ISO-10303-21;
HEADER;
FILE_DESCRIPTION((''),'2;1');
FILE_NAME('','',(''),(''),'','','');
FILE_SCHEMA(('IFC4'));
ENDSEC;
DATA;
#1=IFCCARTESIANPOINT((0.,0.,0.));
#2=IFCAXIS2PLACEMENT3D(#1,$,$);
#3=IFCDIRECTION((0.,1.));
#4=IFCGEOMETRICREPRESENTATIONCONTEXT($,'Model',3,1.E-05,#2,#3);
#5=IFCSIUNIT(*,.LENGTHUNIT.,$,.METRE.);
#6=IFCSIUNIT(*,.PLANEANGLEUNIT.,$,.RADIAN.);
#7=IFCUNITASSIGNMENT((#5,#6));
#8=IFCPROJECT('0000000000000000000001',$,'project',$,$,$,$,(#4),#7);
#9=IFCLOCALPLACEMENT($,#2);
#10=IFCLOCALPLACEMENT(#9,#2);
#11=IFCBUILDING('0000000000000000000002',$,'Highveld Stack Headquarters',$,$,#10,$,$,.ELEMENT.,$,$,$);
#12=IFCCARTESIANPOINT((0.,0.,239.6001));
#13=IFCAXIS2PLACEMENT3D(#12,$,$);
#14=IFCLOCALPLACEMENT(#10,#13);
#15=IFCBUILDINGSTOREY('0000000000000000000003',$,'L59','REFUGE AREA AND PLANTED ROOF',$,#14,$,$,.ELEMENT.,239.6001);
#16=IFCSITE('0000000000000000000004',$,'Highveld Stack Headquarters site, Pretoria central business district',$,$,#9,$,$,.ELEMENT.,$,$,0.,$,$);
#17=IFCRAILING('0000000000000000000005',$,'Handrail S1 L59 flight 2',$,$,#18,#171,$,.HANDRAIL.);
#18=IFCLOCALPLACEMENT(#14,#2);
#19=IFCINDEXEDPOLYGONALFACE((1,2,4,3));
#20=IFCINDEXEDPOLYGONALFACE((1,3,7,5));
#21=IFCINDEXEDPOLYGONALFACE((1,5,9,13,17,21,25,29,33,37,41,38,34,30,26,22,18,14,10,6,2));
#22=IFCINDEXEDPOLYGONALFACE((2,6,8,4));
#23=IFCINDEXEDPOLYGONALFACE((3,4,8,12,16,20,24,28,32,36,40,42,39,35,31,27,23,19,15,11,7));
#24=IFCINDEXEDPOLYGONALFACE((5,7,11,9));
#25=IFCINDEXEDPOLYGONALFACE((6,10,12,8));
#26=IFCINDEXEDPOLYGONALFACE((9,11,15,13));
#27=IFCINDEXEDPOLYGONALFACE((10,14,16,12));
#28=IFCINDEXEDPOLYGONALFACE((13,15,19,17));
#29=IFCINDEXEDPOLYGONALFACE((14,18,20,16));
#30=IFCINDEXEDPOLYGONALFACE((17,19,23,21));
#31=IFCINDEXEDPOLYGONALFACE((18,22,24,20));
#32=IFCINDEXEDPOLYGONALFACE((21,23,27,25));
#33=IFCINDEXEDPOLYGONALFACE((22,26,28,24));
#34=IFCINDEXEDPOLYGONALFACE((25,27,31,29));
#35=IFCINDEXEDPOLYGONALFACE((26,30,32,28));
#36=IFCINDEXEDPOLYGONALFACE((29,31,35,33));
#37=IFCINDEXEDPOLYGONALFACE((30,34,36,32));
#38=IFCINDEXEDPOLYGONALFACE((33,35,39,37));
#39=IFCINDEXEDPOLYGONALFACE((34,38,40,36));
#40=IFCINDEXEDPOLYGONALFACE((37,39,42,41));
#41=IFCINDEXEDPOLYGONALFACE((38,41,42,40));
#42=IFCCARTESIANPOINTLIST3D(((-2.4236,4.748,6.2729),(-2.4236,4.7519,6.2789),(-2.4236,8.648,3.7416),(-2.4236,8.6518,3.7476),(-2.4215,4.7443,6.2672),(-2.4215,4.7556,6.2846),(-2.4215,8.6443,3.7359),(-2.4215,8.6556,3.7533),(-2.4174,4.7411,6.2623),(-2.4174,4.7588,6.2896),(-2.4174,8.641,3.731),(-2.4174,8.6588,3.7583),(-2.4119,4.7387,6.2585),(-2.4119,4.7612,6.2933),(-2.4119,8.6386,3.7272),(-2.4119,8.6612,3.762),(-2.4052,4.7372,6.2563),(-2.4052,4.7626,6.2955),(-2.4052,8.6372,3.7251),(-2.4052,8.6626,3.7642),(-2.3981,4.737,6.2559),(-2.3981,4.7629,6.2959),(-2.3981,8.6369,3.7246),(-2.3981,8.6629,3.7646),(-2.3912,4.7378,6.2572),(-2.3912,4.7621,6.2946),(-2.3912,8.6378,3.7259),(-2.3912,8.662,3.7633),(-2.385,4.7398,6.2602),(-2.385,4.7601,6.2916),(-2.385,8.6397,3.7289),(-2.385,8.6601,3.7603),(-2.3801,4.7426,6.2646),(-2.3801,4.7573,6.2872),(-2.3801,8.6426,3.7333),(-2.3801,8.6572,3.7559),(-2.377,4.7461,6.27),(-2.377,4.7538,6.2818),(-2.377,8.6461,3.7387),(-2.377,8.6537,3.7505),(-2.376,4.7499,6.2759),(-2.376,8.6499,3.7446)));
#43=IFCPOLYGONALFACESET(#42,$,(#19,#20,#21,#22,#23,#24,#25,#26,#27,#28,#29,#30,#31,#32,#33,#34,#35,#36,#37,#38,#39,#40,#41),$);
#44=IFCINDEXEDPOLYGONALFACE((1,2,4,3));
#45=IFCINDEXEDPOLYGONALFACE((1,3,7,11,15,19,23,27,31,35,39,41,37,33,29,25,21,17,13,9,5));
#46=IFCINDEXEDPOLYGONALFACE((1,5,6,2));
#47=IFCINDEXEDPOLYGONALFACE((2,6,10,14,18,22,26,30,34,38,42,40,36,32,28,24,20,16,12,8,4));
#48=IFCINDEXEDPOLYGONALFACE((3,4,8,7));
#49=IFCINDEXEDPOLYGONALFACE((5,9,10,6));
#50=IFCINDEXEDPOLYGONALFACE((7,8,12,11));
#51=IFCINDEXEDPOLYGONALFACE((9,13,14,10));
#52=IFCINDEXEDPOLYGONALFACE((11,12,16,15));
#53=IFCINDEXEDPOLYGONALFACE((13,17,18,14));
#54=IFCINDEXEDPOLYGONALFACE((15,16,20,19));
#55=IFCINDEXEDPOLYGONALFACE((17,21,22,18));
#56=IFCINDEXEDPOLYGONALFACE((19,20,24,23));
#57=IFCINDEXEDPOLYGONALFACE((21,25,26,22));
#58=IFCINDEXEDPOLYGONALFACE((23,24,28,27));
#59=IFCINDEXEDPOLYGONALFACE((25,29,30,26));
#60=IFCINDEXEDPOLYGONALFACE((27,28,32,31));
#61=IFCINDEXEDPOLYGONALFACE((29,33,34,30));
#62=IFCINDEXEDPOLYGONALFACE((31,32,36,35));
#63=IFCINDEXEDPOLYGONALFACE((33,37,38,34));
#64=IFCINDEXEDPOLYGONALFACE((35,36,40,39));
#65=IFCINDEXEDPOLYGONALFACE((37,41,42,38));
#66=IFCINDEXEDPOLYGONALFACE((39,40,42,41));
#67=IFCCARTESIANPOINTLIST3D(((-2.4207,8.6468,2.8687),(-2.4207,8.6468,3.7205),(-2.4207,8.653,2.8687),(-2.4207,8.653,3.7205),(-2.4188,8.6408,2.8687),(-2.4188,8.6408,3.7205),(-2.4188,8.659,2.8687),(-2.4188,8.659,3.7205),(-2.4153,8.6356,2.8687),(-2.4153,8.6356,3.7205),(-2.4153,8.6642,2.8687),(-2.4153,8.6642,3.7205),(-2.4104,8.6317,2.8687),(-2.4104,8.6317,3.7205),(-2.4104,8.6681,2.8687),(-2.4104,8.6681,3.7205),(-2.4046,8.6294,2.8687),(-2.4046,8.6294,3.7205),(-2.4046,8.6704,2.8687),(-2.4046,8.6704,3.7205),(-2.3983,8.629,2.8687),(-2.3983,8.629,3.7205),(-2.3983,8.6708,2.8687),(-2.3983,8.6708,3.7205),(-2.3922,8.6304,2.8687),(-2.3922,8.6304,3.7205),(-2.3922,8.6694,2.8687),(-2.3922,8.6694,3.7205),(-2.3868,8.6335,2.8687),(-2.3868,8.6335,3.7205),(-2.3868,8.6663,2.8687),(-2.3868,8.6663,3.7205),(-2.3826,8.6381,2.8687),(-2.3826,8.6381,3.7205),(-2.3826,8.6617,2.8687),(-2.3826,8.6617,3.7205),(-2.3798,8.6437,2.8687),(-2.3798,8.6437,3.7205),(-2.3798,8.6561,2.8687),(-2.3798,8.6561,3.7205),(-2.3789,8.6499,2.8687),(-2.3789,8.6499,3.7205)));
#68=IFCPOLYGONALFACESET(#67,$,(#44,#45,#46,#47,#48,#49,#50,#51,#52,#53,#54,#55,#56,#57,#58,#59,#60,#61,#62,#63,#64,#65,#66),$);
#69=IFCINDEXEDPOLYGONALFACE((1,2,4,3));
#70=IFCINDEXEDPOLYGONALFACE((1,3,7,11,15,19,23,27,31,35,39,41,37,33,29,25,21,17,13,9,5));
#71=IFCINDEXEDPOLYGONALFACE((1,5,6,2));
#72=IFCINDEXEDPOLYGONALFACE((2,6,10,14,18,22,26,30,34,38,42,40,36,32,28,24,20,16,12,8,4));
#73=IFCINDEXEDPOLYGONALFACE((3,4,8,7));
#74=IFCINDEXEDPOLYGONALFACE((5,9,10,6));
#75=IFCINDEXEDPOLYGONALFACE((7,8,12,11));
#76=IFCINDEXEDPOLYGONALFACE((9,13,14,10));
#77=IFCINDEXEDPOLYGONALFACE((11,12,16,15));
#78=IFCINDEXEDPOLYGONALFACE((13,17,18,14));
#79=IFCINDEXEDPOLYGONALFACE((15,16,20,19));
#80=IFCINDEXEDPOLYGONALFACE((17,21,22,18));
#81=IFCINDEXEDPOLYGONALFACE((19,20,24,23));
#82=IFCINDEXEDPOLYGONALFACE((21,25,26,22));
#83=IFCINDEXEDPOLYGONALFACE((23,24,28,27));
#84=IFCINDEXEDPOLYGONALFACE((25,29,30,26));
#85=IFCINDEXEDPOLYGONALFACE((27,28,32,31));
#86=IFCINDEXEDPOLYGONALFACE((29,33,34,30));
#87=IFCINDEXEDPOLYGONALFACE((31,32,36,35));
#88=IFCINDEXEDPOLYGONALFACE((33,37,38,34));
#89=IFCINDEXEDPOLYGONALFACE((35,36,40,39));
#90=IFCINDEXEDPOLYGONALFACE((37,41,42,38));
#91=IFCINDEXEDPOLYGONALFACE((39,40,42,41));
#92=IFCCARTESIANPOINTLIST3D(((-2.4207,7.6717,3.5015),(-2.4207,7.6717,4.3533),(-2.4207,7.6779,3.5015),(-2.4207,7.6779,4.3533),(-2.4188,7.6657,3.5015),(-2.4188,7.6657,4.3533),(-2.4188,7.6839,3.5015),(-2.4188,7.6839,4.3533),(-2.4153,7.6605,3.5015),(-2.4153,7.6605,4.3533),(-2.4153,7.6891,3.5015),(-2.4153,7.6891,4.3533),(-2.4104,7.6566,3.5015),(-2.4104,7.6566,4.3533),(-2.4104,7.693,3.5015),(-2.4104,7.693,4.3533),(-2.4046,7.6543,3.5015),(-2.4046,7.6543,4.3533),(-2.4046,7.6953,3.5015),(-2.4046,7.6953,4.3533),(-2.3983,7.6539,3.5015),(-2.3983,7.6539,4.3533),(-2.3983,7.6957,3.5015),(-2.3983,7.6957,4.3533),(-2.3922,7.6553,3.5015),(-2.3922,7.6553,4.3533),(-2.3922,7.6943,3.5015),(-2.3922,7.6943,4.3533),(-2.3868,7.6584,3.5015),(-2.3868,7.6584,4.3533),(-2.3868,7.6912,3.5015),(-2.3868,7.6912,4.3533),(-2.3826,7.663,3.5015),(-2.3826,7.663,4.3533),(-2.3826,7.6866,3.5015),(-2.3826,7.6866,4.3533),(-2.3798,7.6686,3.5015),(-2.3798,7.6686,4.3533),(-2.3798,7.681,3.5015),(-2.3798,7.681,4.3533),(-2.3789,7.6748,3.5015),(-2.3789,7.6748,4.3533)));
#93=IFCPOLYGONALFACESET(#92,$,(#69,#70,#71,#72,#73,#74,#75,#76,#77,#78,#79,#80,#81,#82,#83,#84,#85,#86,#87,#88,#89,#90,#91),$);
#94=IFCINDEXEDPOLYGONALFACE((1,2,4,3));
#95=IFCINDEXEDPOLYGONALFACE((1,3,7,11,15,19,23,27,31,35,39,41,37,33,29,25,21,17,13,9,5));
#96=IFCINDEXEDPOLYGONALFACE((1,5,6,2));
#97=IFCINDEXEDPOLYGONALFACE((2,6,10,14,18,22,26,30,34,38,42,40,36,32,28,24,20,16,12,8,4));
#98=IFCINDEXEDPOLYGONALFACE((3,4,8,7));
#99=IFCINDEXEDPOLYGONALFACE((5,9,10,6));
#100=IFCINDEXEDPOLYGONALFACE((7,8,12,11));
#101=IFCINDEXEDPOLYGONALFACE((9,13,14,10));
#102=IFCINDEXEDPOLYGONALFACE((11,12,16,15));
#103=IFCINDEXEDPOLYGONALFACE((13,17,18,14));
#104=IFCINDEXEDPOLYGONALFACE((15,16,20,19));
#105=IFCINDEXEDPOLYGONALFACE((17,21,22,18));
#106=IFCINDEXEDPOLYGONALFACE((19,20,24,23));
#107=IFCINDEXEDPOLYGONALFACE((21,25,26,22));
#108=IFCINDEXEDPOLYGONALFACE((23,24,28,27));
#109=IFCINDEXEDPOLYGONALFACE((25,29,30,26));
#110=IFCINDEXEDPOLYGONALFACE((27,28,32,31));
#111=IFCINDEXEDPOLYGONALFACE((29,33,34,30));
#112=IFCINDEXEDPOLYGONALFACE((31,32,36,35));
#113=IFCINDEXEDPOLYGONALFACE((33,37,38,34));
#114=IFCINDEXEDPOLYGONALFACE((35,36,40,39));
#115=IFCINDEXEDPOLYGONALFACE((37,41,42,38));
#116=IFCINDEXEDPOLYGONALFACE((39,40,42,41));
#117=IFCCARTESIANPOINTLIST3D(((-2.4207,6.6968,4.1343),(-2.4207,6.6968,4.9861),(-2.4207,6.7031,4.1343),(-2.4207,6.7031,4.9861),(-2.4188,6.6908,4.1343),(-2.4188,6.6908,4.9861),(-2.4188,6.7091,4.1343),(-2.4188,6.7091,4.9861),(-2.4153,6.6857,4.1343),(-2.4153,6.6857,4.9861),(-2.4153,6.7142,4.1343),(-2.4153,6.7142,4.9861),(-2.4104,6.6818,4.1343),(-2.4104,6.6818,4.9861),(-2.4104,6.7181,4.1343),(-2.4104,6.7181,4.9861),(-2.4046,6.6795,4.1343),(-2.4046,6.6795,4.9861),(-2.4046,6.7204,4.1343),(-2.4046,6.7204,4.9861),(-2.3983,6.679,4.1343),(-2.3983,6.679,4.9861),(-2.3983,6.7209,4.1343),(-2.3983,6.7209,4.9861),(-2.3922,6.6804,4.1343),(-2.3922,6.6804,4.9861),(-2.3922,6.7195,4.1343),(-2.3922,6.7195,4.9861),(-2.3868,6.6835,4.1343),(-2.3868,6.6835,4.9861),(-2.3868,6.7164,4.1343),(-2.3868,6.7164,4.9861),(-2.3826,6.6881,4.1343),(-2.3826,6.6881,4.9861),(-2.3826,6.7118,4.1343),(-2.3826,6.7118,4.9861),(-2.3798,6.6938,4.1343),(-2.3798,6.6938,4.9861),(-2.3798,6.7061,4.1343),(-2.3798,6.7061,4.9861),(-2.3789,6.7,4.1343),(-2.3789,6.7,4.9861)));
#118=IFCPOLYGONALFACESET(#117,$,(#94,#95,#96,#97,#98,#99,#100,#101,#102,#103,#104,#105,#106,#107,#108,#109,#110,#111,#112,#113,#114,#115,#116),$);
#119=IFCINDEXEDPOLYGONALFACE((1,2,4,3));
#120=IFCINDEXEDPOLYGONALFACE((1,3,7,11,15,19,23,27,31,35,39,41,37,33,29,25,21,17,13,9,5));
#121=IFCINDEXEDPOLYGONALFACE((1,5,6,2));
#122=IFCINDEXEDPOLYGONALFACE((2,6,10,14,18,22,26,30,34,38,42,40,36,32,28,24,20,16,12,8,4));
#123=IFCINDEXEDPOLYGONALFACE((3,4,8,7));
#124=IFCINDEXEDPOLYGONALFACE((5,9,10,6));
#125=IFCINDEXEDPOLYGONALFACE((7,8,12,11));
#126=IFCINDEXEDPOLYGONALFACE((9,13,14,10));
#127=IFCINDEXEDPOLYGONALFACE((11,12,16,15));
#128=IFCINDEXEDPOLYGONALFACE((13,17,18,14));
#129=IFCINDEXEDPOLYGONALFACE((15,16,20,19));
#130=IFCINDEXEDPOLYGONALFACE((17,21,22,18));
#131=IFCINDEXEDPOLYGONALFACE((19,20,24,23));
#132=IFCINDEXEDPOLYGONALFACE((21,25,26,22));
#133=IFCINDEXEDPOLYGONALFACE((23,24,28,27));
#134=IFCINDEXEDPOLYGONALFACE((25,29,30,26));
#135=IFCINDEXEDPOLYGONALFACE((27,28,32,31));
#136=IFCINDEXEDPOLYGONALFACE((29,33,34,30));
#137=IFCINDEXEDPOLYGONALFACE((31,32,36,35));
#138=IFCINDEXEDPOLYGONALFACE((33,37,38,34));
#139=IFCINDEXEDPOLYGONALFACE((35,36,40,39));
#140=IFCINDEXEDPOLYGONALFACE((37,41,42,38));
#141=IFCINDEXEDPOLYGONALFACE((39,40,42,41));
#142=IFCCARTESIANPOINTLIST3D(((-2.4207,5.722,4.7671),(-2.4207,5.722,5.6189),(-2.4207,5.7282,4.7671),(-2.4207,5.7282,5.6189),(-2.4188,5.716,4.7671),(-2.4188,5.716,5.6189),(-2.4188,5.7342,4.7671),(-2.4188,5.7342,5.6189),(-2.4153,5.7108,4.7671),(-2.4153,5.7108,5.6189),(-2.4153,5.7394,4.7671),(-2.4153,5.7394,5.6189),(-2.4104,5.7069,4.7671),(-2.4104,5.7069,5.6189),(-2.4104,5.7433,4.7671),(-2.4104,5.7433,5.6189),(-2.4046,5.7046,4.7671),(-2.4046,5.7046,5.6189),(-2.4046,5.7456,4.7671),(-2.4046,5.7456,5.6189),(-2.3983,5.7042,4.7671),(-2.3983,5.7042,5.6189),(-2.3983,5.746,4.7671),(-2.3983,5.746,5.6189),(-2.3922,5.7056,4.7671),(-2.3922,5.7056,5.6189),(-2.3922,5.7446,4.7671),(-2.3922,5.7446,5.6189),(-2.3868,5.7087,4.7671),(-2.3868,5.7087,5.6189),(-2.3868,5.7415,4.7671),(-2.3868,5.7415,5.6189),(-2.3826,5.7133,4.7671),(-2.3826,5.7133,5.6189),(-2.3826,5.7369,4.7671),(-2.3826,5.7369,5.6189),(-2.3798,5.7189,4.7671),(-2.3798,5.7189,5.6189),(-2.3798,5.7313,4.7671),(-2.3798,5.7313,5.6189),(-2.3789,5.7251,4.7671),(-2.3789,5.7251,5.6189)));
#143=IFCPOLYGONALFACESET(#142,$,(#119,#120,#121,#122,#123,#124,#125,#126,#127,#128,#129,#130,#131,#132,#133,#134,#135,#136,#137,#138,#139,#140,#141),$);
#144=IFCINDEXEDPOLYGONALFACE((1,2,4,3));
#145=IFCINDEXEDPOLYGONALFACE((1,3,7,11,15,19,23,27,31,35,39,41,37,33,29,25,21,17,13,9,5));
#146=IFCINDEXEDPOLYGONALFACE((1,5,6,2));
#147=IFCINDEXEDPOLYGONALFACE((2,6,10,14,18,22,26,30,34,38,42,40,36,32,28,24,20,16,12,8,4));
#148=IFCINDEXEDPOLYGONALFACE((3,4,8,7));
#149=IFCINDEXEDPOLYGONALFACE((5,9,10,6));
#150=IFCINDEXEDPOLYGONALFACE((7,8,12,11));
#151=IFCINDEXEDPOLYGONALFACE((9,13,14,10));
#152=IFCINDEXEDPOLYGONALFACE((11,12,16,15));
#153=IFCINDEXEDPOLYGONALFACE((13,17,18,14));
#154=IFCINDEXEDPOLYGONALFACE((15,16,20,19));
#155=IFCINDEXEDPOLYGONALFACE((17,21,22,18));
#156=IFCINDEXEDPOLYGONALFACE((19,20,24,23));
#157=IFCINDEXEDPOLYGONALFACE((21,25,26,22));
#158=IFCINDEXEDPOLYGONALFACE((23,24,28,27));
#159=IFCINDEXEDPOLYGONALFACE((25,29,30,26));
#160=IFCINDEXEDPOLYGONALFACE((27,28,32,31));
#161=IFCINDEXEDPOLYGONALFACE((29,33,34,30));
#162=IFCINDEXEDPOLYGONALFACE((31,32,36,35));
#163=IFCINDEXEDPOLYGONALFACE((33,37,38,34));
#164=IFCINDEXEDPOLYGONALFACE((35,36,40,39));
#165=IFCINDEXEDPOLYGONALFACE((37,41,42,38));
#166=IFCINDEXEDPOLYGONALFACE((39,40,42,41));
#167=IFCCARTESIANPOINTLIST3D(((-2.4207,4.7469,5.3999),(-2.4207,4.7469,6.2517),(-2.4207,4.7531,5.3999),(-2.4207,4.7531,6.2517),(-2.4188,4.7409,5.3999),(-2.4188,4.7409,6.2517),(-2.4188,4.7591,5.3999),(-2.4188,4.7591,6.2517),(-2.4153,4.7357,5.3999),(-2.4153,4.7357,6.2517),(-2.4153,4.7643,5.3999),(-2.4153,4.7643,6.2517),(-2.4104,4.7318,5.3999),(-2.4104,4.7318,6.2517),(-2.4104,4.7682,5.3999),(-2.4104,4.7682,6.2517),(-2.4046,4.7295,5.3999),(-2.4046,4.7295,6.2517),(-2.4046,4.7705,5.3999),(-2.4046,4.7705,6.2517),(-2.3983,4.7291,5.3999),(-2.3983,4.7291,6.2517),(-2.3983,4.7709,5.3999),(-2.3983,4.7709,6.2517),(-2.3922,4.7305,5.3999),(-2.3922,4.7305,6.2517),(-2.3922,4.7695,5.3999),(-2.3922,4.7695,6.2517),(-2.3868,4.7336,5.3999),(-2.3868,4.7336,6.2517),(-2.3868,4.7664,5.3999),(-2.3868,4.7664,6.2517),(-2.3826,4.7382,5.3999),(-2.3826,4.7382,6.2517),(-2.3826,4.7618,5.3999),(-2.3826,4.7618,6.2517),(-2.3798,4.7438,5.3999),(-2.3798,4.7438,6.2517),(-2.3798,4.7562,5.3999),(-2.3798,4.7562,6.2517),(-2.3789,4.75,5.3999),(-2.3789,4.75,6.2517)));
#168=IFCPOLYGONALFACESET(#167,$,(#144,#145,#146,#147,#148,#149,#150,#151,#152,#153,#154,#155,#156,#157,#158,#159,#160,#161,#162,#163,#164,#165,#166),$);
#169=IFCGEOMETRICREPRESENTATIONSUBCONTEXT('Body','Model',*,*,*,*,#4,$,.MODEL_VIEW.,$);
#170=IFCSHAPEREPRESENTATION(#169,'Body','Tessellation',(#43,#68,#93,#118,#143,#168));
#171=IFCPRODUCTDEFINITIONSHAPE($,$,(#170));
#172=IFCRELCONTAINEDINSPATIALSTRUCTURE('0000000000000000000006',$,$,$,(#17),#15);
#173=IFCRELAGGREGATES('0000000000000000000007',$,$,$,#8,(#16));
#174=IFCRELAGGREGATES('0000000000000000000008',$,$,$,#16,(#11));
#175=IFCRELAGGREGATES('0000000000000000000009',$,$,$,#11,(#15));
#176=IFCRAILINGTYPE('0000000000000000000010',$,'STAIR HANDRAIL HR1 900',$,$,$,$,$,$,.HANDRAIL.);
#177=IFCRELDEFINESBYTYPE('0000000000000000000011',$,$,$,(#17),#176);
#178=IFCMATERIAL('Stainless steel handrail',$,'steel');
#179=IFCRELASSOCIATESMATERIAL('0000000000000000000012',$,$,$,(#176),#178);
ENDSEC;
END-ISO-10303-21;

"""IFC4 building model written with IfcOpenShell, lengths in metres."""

from ifc_helpers import new_model, si_unit, direction, frame, origin, origin_2d, place, context, subcontext, project, spatial, circle, extrude, material, type_object, element, save


model = new_model("IFC4")

# Units and contexts
model_context = context("Model", 3, precision=1e-05, world=origin(), true_north=direction((0.0, 1.0)))
body_context = subcontext(model_context, "Body", "Model", "MODEL_VIEW")
ifc_project = project(units=[si_unit("LENGTHUNIT", "METRE"), si_unit("PLANEANGLEUNIT", "RADIAN")], contexts=[model_context])

# Site, building, storey
site_placement = place(None, origin())
site = spatial("IfcSite", under=ifc_project, at=site_placement, Name="Highveld Stack Headquarters site, Pretoria central business district", CompositionType="ELEMENT", RefElevation=0.0)
building_placement = place(site_placement, origin())
building = spatial("IfcBuilding", under=site, at=building_placement, Name="Highveld Stack Headquarters", CompositionType="ELEMENT")
storey_placement = place(building_placement, frame((0.0, 0.0, 239.6001)))
storey = spatial("IfcBuildingStorey", under=building, at=storey_placement, Name="L59", Description="REFUGE AREA AND PLANTED ROOF", CompositionType="ELEMENT", Elevation=239.6001)

# Railing
ifc_material_1 = material(Name="Stainless steel handrail", Category="steel")
railing_type = type_object("IfcRailingType", Name="STAIR HANDRAIL HR1 900", PredefinedType="HANDRAIL", material=ifc_material_1)
for number, where, name in (
    (1, (-2.3999, 8.6499, 2.8687), "Handrail S1 L59 flight 2"),
):
    element("IfcRailing", number, at=place(storey_placement, frame(where)), inside=storey, type_object=railing_type, Name=name, PredefinedType="HANDRAIL", context=body_context, shape_type="SweptSolid", body=[
        extrude(circle(Radius=0.0239, at=origin_2d()), frame((0.0, 0.0, 0.876), z_axis=(0.0, -0.838806, 0.544431), x_axis=(1.0, 0.0, 0.0)), (0.0, 0.0, 1.0), 4.6494),
        extrude(circle(Radius=0.021, at=origin_2d()), origin(), (0.0, 0.0, 1.0), 0.8518),
        extrude(circle(Radius=0.021, at=origin_2d()), frame((0.0, -0.9751, 0.6328)), (0.0, 0.0, 1.0), 0.8518),
        extrude(circle(Radius=0.021, at=origin_2d()), frame((0.0, -1.95, 1.2656)), (0.0, 0.0, 1.0), 0.8518),
        extrude(circle(Radius=0.021, at=origin_2d()), frame((0.0, -2.9248, 1.8984)), (0.0, 0.0, 1.0), 0.8518),
        extrude(circle(Radius=0.021, at=origin_2d()), frame((0.0, -3.8999, 2.5312)), (0.0, 0.0, 1.0), 0.8518),
    ])

save(model, "model.ifc")
